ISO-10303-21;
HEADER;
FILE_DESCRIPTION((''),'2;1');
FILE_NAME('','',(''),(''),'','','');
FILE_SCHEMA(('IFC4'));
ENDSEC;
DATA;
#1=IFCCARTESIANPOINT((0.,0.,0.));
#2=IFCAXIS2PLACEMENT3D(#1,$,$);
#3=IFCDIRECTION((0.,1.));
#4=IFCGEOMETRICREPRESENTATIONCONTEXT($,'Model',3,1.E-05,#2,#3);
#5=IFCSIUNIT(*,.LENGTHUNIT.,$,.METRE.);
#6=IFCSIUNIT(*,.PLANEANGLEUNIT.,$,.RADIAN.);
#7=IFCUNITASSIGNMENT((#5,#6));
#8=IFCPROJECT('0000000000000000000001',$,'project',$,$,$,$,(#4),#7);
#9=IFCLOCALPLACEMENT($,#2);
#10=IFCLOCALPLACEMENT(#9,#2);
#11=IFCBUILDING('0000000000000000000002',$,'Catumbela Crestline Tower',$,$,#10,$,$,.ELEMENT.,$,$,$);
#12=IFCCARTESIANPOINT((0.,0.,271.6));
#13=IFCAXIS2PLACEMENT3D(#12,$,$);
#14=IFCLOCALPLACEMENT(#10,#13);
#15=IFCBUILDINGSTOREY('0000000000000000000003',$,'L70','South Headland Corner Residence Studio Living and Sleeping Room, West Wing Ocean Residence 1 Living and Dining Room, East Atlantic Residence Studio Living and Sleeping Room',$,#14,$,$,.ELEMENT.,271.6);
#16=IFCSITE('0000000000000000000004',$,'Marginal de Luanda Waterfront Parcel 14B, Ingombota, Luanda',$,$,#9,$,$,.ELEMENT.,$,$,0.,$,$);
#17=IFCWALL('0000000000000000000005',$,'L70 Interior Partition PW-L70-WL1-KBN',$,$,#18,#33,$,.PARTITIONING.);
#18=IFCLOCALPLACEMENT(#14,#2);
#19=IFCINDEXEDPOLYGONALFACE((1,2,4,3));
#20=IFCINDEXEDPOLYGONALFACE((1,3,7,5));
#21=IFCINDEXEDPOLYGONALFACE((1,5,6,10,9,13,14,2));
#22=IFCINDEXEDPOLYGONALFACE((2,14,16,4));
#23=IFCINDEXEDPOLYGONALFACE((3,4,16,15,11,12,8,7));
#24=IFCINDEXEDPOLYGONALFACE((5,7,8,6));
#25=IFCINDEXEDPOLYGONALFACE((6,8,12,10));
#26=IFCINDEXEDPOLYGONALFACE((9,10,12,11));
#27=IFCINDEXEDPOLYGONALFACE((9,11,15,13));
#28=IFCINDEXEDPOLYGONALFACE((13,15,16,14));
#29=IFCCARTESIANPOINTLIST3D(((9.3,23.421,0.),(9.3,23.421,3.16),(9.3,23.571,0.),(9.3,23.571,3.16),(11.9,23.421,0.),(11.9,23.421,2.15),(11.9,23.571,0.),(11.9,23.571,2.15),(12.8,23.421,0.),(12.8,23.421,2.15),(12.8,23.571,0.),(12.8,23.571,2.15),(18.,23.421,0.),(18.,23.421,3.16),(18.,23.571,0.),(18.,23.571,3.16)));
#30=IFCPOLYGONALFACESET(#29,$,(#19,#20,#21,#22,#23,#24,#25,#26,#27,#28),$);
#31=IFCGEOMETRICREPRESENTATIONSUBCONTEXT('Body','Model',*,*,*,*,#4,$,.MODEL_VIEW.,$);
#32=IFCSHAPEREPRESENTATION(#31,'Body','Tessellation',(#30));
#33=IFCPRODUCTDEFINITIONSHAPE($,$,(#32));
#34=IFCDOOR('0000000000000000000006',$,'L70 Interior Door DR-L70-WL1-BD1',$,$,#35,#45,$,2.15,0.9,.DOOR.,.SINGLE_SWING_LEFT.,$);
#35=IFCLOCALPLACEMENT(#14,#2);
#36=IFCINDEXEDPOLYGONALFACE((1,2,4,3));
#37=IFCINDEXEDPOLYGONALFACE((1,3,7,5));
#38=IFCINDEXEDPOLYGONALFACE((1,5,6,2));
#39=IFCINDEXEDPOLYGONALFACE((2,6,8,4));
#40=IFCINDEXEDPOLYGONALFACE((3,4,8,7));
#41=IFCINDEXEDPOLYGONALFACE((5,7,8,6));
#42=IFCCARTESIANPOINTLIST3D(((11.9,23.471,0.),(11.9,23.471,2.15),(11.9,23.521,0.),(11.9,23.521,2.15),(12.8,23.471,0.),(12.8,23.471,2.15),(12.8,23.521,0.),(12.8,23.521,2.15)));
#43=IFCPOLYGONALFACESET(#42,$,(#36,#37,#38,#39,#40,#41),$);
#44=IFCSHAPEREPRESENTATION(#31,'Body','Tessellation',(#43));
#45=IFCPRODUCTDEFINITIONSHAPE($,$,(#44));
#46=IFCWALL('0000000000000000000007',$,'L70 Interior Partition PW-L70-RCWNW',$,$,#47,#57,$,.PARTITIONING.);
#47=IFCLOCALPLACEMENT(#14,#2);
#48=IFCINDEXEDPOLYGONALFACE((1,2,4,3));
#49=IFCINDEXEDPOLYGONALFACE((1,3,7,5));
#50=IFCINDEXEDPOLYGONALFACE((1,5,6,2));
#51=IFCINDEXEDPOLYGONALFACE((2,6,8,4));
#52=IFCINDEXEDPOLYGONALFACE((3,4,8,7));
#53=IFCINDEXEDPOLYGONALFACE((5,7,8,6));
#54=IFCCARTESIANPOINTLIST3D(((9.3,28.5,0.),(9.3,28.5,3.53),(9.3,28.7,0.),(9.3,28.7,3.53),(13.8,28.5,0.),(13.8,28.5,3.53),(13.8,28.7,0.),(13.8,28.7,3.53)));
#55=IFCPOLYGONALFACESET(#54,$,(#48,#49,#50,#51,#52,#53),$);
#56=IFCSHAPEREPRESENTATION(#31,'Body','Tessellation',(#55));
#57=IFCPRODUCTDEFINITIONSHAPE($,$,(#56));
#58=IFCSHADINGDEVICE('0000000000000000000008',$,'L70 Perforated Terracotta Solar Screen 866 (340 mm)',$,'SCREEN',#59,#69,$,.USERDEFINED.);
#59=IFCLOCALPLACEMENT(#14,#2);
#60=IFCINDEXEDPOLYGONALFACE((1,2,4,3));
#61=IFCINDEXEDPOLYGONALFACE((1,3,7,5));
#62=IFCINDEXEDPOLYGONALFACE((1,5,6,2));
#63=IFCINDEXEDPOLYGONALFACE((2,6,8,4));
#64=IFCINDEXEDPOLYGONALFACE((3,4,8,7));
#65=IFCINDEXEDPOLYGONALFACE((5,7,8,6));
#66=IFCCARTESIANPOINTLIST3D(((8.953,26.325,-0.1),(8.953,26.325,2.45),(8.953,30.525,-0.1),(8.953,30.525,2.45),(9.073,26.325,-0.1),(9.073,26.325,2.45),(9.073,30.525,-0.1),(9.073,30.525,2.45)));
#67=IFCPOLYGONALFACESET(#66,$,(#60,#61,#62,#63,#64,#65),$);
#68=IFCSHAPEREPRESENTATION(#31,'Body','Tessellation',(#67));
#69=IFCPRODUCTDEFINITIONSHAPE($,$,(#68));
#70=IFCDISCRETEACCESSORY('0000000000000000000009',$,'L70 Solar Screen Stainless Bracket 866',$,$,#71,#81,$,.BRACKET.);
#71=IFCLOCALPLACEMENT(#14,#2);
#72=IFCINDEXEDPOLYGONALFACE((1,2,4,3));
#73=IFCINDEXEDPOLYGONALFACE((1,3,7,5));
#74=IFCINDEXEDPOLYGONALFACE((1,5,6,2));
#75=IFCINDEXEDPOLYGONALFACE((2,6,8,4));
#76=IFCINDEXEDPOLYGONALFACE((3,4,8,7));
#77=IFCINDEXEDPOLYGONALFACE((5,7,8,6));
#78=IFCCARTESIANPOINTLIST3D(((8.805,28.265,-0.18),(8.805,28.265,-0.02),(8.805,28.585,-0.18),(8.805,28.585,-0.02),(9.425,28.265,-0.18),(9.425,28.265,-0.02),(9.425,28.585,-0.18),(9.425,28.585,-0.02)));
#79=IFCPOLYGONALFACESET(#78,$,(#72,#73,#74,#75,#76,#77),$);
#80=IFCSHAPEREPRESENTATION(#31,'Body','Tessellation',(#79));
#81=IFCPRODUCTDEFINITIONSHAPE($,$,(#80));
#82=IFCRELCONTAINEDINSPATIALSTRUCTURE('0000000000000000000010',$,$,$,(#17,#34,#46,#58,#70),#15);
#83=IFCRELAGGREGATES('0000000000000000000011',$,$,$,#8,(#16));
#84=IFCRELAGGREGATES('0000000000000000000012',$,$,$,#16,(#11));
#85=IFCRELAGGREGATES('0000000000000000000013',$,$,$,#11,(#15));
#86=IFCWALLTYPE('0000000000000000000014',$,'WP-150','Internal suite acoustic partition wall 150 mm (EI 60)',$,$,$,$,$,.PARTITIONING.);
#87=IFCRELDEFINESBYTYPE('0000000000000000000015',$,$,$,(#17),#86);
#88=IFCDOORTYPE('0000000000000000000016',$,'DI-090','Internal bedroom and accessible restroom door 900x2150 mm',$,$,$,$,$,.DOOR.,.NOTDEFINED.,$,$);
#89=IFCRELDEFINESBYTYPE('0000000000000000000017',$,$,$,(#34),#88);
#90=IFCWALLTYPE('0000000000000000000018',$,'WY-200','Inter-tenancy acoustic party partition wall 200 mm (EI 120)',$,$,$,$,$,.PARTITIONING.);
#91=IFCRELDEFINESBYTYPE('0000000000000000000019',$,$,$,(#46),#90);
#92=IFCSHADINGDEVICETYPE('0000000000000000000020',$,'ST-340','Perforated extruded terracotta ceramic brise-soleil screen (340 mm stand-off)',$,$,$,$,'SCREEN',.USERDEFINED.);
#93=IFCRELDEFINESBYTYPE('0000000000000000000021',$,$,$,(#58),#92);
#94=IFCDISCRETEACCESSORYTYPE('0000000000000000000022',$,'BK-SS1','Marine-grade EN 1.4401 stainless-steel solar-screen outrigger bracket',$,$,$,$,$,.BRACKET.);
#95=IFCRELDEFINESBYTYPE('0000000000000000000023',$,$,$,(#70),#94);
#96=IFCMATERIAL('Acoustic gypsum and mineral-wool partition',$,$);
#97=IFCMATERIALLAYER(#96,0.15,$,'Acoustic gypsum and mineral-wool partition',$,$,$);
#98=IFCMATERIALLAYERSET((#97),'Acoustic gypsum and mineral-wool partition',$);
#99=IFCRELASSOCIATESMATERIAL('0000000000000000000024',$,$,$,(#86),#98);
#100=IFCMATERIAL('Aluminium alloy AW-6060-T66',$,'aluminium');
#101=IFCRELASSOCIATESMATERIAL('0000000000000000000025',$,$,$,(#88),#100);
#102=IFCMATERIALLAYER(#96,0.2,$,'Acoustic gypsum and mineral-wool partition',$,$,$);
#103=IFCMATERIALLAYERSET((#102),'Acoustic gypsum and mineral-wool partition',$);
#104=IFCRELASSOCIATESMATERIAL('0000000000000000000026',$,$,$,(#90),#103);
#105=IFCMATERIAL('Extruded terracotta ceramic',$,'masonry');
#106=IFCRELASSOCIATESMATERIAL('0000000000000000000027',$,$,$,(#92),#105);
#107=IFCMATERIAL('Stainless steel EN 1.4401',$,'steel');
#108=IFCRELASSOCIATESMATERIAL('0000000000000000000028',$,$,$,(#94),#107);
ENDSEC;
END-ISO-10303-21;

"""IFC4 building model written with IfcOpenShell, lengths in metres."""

from ifc_helpers import new_model, si_unit, direction, frame, frame_2d, origin, origin_2d, place, context, subcontext, project, spatial, rectangle, extrude, material, layer, layer_set, type_object, element, fill, save


model = new_model("IFC4")

# Units and contexts
model_context = context("Model", 3, precision=1e-05, world=origin(), true_north=direction((0.0, 1.0)))
body_context = subcontext(model_context, "Body", "Model", "MODEL_VIEW")
ifc_project = project(units=[si_unit("LENGTHUNIT", "METRE"), si_unit("PLANEANGLEUNIT", "RADIAN")], contexts=[model_context])

# Site, building, storey
site_placement = place(None, origin())
site = spatial("IfcSite", under=ifc_project, at=site_placement, Name="Marginal de Luanda Waterfront Parcel 14B, Ingombota, Luanda", CompositionType="ELEMENT", RefElevation=0.0)
building_placement = place(site_placement, origin())
building = spatial("IfcBuilding", under=site, at=building_placement, Name="Catumbela Crestline Tower", CompositionType="ELEMENT")
storey_placement = place(building_placement, frame((0.0, 0.0, 271.6)))
storey = spatial("IfcBuildingStorey", under=building, at=storey_placement, Name="L70", Description="South Headland Corner Residence Studio Living and Sleeping Room, West Wing Ocean Residence 1 Living and Dining Room, East Atlantic Residence Studio Living and Sleeping Room", CompositionType="ELEMENT", Elevation=271.6)

# Shared definitions
ifc_material_1 = material(Name="Aluminium alloy AW-6060-T66", Category="aluminium")

# Wall, opening, door
ifc_material_2 = material(Name="Acoustic gypsum and mineral-wool partition")
ifc_layer_1 = layer(ifc_material_2, 0.15, Name="Acoustic gypsum and mineral-wool partition")
ifc_layer_set_1 = layer_set([ifc_layer_1], Name="Acoustic gypsum and mineral-wool partition")
wall_type_1 = type_object("IfcWallType", Name="WP-150", Description="Internal suite acoustic partition wall 150 mm (EI 60)", PredefinedType="PARTITIONING", material=ifc_layer_set_1)
wall_1_placement = place(storey_placement, frame((9.3, 23.496, 0.0), z_axis=(0.0, 0.0, 1.0), x_axis=(1.0, 0.0, 0.0)))
wall_1 = element("IfcWall", 1, at=wall_1_placement, inside=storey, type_object=wall_type_1, Name="L70 Interior Partition PW-L70-WL1-KBN", PredefinedType="PARTITIONING", context=body_context, shape_type="SweptSolid", body=[
    extrude(rectangle(XDim=8.7, YDim=0.15, at=frame_2d((4.35, 0.0))), origin(), (0.0, 0.0, 1.0), 3.16),
])
opening_placement = place(wall_1_placement, frame((2.6, 0.0, 0.0)))
opening = element("IfcOpeningElement", 2, at=opening_placement, cuts=wall_1, PredefinedType="OPENING", context=body_context, shape_type="SweptSolid", body=[
    extrude(rectangle(XDim=0.9, YDim=2.15, at=frame_2d((0.45, 1.075))), frame((0.0, 0.085, 0.0), z_axis=(0.0, -1.0, 0.0), x_axis=(1.0, 0.0, 0.0)), (0.0, 0.0, 1.0), 0.17),
])
door_type = type_object("IfcDoorType", Name="DI-090", Description="Internal bedroom and accessible restroom door 900x2150 mm", OperationType="NOTDEFINED", PredefinedType="DOOR", material=ifc_material_1)
door_placement = place(opening_placement, origin())
door = element("IfcDoor", 3, at=door_placement, inside=storey, type_object=door_type, Name="L70 Interior Door DR-L70-WL1-BD1", OperationType="SINGLE_SWING_LEFT", OverallHeight=2.15, OverallWidth=0.9, PredefinedType="DOOR", context=body_context, shape_type="SweptSolid", body=[
    extrude(rectangle(XDim=0.9, YDim=2.15, at=frame_2d((0.45, 1.075))), frame((0.0, 0.025, 0.0), z_axis=(0.0, -1.0, 0.0), x_axis=(1.0, 0.0, 0.0)), (0.0, 0.0, 1.0), 0.05),
])
fill(opening, door)

# Wall
ifc_layer_2 = layer(ifc_material_2, 0.2, Name="Acoustic gypsum and mineral-wool partition")
ifc_layer_set_2 = layer_set([ifc_layer_2], Name="Acoustic gypsum and mineral-wool partition")
wall_type_2 = type_object("IfcWallType", Name="WY-200", Description="Inter-tenancy acoustic party partition wall 200 mm (EI 120)", PredefinedType="PARTITIONING", material=ifc_layer_set_2)
wall_2_placement = place(storey_placement, frame((9.3, 28.6, 0.0), z_axis=(0.0, 0.0, 1.0), x_axis=(1.0, 0.0, 0.0)))
element("IfcWall", 4, at=wall_2_placement, inside=storey, type_object=wall_type_2, Name="L70 Interior Partition PW-L70-RCWNW", PredefinedType="PARTITIONING", context=body_context, shape_type="SweptSolid", body=[
    extrude(rectangle(XDim=4.5, YDim=0.2, at=frame_2d((2.25, 0.0))), origin(), (0.0, 0.0, 1.0), 3.53),
])

# Shading device
ifc_material_3 = material(Name="Extruded terracotta ceramic", Category="masonry")
shading_device_type = type_object("IfcShadingDeviceType", Name="ST-340", Description="Perforated extruded terracotta ceramic brise-soleil screen (340 mm stand-off)", ElementType="SCREEN", PredefinedType="USERDEFINED", material=ifc_material_3)
shading_device_placement = place(storey_placement, frame((9.013, 28.425, -0.1), z_axis=(0.0, 0.0, 1.0), x_axis=(0.0, -1.0, 0.0)))
element("IfcShadingDevice", 5, at=shading_device_placement, inside=storey, type_object=shading_device_type, Name="L70 Perforated Terracotta Solar Screen 866 (340 mm)", ObjectType="SCREEN", PredefinedType="USERDEFINED", context=body_context, shape_type="SweptSolid", body=[
    extrude(rectangle(XDim=4.2, YDim=0.12, at=origin_2d()), origin(), (0.0, 0.0, 1.0), 2.55),
])

# Discrete accessory
ifc_material_4 = material(Name="Stainless steel EN 1.4401", Category="steel")
discrete_accessory_type = type_object("IfcDiscreteAccessoryType", Name="BK-SS1", Description="Marine-grade EN 1.4401 stainless-steel solar-screen outrigger bracket", PredefinedType="BRACKET", material=ifc_material_4)
discrete_accessory_placement = place(storey_placement, frame((9.115, 28.425, -0.18), z_axis=(0.0, 0.0, 1.0), x_axis=(0.0, -1.0, 0.0)))
element("IfcDiscreteAccessory", 6, at=discrete_accessory_placement, inside=storey, type_object=discrete_accessory_type, Name="L70 Solar Screen Stainless Bracket 866", PredefinedType="BRACKET", context=body_context, shape_type="SweptSolid", body=[
    extrude(rectangle(XDim=0.32, YDim=0.62, at=origin_2d()), origin(), (0.0, 0.0, 1.0), 0.16),
])

save(model, "model.ifc")
